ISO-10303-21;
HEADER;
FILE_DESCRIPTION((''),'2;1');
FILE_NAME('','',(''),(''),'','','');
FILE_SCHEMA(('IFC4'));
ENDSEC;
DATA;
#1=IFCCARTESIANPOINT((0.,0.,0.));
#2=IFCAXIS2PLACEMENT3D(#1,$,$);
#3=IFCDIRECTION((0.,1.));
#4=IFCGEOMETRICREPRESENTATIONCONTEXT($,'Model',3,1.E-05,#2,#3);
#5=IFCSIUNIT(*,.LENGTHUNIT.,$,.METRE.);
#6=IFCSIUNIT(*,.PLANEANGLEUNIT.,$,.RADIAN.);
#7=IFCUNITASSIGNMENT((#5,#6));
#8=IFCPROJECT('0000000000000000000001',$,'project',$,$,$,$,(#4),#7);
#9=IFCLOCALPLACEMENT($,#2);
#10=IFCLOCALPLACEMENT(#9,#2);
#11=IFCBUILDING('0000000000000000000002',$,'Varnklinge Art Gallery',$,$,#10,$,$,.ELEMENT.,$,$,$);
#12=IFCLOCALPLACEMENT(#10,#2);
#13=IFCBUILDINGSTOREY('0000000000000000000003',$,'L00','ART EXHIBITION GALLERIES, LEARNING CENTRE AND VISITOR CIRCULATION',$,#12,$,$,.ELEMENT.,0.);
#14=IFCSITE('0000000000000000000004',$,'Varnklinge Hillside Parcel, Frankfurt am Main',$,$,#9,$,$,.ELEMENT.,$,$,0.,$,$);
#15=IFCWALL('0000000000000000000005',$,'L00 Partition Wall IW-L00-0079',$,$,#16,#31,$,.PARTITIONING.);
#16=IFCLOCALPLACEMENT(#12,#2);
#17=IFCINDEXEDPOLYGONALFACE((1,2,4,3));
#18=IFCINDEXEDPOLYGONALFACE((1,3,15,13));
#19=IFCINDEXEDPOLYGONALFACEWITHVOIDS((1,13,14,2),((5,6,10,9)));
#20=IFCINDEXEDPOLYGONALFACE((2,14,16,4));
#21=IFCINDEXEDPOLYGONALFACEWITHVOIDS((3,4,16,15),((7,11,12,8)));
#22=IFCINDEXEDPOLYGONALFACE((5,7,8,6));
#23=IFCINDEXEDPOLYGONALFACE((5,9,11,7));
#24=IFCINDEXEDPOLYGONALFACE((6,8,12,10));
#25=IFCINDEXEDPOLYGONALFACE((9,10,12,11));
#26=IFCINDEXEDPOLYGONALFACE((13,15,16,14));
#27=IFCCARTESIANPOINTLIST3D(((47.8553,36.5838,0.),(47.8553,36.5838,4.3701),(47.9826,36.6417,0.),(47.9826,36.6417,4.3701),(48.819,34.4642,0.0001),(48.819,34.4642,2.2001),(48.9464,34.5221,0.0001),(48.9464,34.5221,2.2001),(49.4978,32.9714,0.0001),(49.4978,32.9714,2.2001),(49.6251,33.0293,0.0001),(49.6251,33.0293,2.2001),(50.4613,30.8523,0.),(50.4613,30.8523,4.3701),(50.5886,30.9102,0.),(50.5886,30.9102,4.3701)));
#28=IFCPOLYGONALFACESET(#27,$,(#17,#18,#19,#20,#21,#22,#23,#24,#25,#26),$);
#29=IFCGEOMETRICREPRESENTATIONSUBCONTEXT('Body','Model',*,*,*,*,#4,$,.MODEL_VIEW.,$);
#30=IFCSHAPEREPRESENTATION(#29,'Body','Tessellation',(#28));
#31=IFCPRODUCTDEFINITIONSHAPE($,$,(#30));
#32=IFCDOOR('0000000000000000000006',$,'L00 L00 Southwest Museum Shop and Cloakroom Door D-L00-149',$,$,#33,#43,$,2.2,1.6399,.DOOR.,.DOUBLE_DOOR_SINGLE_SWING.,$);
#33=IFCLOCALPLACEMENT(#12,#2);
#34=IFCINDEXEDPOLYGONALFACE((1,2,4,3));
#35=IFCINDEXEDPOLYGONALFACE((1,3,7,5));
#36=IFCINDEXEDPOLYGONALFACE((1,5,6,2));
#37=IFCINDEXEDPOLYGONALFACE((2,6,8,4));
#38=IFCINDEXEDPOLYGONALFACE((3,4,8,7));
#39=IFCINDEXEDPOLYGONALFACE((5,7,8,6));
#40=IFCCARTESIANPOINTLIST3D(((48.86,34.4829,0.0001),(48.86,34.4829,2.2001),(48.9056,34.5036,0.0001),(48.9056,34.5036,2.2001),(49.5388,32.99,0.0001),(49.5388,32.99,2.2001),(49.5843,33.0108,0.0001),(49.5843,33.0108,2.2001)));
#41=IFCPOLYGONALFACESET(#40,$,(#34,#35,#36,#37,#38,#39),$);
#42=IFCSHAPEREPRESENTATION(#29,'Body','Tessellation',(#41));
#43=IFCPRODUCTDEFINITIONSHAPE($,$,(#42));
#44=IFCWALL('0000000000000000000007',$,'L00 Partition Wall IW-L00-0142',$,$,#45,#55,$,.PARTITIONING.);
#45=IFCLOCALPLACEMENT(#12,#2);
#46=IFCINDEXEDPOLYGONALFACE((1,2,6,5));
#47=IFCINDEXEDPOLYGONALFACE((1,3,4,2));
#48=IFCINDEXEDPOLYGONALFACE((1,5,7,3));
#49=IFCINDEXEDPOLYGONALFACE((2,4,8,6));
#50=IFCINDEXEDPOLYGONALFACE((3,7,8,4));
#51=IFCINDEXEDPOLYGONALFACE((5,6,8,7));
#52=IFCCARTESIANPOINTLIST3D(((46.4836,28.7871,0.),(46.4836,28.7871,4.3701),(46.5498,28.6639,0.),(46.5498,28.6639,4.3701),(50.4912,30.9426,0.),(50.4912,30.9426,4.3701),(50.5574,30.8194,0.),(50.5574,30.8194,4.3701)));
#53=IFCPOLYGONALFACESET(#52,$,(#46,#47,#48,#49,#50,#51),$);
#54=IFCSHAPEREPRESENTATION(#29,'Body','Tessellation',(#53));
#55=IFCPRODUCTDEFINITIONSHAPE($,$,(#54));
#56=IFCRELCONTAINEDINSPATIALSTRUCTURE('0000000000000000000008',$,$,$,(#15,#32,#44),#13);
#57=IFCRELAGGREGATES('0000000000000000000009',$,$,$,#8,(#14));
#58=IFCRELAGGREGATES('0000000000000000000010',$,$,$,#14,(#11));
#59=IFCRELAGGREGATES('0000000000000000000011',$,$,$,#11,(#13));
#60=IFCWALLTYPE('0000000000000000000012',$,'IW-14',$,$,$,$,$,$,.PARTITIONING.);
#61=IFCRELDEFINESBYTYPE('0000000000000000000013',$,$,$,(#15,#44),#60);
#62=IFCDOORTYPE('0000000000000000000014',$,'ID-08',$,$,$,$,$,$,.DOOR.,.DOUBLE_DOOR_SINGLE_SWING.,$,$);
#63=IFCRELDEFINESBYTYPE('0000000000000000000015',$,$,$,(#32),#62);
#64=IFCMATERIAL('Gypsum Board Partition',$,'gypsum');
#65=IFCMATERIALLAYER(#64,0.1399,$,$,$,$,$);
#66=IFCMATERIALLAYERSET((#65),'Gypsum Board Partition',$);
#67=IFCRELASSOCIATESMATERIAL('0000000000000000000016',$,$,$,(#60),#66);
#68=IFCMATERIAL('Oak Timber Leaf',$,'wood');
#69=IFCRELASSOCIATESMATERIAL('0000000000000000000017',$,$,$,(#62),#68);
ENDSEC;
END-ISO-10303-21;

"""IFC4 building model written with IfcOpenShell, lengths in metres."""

from ifc_helpers import new_model, si_unit, direction, frame, frame_2d, origin, place, context, subcontext, project, spatial, rectangle, extrude, material, layer, layer_set, type_object, element, fill, save


model = new_model("IFC4")

# Units and contexts
model_context = context("Model", 3, precision=1e-05, world=origin(), true_north=direction((0.0, 1.0)))
body_context = subcontext(model_context, "Body", "Model", "MODEL_VIEW")
ifc_project = project(units=[si_unit("LENGTHUNIT", "METRE"), si_unit("PLANEANGLEUNIT", "RADIAN")], contexts=[model_context])

# Site, building, storey
site_placement = place(None, origin())
site = spatial("IfcSite", under=ifc_project, at=site_placement, Name="Varnklinge Hillside Parcel, Frankfurt am Main", CompositionType="ELEMENT", RefElevation=0.0)
building_placement = place(site_placement, origin())
building = spatial("IfcBuilding", under=site, at=building_placement, Name="Varnklinge Art Gallery", CompositionType="ELEMENT")
storey_placement = place(building_placement, origin())
storey = spatial("IfcBuildingStorey", under=building, at=storey_placement, Name="L00", Description="ART EXHIBITION GALLERIES, LEARNING CENTRE AND VISITOR CIRCULATION", CompositionType="ELEMENT", Elevation=0.0)

# Wall, opening, door
ifc_material_1 = material(Name="Gypsum Board Partition", Category="gypsum")
ifc_layer_1 = layer(ifc_material_1, 0.1399)
ifc_layer_set_1 = layer_set([ifc_layer_1], Name="Gypsum Board Partition")
wall_type = type_object("IfcWallType", Name="IW-14", PredefinedType="PARTITIONING", material=ifc_layer_set_1)
wall_1_placement = place(storey_placement, frame((50.5249, 30.8813, 0.0), z_axis=(0.0, 0.0, 1.0), x_axis=(-0.413902, 0.910321, 0.0)))
wall_1 = element("IfcWall", 1, at=wall_1_placement, inside=storey, type_object=wall_type, Name="L00 Partition Wall IW-L00-0079", PredefinedType="PARTITIONING", context=body_context, shape_type="SweptSolid", body=[
    extrude(rectangle(XDim=6.2961, YDim=0.1399, at=frame_2d((3.1479, 0.0))), origin(), (0.0, 0.0, 1.0), 4.3701),
])
opening_placement = place(wall_1_placement, frame((2.3279, 0.0, 0.0)))
opening = element("IfcOpeningElement", 2, at=opening_placement, cuts=wall_1, PredefinedType="OPENING", context=body_context, shape_type="SweptSolid", body=[
    extrude(rectangle(XDim=1.6399, YDim=2.2, at=frame_2d((0.8198, 1.1001))), frame((0.0, 0.0798, 0.0), z_axis=(0.0, -1.0, 0.0), x_axis=(1.0, 0.0, 0.0)), (0.0, 0.0, 1.0), 0.1599),
])
ifc_material_2 = material(Name="Oak Timber Leaf", Category="wood")
door_type = type_object("IfcDoorType", Name="ID-08", OperationType="DOUBLE_DOOR_SINGLE_SWING", PredefinedType="DOOR", material=ifc_material_2)
door_placement = place(opening_placement, origin())
door = element("IfcDoor", 3, at=door_placement, inside=storey, type_object=door_type, Name="L00 L00 Southwest Museum Shop and Cloakroom Door D-L00-149", OperationType="DOUBLE_DOOR_SINGLE_SWING", OverallHeight=2.2, OverallWidth=1.6399, PredefinedType="DOOR", context=body_context, shape_type="SweptSolid", body=[
    extrude(rectangle(XDim=1.6399, YDim=2.2, at=frame_2d((0.8198, 1.1001))), frame((0.0, 0.0249, 0.0), z_axis=(0.0, -1.0, 0.0), x_axis=(1.0, 0.0, 0.0)), (0.0, 0.0, 1.0), 0.05),
])
fill(opening, door)

# Wall
wall_2_placement = place(storey_placement, frame((50.5244, 30.8811, 0.0), z_axis=(0.0, 0.0, 1.0), x_axis=(-0.880692, -0.47369, 0.0)))
element("IfcWall", 4, at=wall_2_placement, inside=storey, type_object=wall_type, Name="L00 Partition Wall IW-L00-0142", PredefinedType="PARTITIONING", context=body_context, shape_type="SweptSolid", body=[
    extrude(rectangle(XDim=4.5505, YDim=0.1399, at=frame_2d((2.2754, 0.0))), origin(), (0.0, 0.0, 1.0), 4.3701),
])

save(model, "model.ifc")
